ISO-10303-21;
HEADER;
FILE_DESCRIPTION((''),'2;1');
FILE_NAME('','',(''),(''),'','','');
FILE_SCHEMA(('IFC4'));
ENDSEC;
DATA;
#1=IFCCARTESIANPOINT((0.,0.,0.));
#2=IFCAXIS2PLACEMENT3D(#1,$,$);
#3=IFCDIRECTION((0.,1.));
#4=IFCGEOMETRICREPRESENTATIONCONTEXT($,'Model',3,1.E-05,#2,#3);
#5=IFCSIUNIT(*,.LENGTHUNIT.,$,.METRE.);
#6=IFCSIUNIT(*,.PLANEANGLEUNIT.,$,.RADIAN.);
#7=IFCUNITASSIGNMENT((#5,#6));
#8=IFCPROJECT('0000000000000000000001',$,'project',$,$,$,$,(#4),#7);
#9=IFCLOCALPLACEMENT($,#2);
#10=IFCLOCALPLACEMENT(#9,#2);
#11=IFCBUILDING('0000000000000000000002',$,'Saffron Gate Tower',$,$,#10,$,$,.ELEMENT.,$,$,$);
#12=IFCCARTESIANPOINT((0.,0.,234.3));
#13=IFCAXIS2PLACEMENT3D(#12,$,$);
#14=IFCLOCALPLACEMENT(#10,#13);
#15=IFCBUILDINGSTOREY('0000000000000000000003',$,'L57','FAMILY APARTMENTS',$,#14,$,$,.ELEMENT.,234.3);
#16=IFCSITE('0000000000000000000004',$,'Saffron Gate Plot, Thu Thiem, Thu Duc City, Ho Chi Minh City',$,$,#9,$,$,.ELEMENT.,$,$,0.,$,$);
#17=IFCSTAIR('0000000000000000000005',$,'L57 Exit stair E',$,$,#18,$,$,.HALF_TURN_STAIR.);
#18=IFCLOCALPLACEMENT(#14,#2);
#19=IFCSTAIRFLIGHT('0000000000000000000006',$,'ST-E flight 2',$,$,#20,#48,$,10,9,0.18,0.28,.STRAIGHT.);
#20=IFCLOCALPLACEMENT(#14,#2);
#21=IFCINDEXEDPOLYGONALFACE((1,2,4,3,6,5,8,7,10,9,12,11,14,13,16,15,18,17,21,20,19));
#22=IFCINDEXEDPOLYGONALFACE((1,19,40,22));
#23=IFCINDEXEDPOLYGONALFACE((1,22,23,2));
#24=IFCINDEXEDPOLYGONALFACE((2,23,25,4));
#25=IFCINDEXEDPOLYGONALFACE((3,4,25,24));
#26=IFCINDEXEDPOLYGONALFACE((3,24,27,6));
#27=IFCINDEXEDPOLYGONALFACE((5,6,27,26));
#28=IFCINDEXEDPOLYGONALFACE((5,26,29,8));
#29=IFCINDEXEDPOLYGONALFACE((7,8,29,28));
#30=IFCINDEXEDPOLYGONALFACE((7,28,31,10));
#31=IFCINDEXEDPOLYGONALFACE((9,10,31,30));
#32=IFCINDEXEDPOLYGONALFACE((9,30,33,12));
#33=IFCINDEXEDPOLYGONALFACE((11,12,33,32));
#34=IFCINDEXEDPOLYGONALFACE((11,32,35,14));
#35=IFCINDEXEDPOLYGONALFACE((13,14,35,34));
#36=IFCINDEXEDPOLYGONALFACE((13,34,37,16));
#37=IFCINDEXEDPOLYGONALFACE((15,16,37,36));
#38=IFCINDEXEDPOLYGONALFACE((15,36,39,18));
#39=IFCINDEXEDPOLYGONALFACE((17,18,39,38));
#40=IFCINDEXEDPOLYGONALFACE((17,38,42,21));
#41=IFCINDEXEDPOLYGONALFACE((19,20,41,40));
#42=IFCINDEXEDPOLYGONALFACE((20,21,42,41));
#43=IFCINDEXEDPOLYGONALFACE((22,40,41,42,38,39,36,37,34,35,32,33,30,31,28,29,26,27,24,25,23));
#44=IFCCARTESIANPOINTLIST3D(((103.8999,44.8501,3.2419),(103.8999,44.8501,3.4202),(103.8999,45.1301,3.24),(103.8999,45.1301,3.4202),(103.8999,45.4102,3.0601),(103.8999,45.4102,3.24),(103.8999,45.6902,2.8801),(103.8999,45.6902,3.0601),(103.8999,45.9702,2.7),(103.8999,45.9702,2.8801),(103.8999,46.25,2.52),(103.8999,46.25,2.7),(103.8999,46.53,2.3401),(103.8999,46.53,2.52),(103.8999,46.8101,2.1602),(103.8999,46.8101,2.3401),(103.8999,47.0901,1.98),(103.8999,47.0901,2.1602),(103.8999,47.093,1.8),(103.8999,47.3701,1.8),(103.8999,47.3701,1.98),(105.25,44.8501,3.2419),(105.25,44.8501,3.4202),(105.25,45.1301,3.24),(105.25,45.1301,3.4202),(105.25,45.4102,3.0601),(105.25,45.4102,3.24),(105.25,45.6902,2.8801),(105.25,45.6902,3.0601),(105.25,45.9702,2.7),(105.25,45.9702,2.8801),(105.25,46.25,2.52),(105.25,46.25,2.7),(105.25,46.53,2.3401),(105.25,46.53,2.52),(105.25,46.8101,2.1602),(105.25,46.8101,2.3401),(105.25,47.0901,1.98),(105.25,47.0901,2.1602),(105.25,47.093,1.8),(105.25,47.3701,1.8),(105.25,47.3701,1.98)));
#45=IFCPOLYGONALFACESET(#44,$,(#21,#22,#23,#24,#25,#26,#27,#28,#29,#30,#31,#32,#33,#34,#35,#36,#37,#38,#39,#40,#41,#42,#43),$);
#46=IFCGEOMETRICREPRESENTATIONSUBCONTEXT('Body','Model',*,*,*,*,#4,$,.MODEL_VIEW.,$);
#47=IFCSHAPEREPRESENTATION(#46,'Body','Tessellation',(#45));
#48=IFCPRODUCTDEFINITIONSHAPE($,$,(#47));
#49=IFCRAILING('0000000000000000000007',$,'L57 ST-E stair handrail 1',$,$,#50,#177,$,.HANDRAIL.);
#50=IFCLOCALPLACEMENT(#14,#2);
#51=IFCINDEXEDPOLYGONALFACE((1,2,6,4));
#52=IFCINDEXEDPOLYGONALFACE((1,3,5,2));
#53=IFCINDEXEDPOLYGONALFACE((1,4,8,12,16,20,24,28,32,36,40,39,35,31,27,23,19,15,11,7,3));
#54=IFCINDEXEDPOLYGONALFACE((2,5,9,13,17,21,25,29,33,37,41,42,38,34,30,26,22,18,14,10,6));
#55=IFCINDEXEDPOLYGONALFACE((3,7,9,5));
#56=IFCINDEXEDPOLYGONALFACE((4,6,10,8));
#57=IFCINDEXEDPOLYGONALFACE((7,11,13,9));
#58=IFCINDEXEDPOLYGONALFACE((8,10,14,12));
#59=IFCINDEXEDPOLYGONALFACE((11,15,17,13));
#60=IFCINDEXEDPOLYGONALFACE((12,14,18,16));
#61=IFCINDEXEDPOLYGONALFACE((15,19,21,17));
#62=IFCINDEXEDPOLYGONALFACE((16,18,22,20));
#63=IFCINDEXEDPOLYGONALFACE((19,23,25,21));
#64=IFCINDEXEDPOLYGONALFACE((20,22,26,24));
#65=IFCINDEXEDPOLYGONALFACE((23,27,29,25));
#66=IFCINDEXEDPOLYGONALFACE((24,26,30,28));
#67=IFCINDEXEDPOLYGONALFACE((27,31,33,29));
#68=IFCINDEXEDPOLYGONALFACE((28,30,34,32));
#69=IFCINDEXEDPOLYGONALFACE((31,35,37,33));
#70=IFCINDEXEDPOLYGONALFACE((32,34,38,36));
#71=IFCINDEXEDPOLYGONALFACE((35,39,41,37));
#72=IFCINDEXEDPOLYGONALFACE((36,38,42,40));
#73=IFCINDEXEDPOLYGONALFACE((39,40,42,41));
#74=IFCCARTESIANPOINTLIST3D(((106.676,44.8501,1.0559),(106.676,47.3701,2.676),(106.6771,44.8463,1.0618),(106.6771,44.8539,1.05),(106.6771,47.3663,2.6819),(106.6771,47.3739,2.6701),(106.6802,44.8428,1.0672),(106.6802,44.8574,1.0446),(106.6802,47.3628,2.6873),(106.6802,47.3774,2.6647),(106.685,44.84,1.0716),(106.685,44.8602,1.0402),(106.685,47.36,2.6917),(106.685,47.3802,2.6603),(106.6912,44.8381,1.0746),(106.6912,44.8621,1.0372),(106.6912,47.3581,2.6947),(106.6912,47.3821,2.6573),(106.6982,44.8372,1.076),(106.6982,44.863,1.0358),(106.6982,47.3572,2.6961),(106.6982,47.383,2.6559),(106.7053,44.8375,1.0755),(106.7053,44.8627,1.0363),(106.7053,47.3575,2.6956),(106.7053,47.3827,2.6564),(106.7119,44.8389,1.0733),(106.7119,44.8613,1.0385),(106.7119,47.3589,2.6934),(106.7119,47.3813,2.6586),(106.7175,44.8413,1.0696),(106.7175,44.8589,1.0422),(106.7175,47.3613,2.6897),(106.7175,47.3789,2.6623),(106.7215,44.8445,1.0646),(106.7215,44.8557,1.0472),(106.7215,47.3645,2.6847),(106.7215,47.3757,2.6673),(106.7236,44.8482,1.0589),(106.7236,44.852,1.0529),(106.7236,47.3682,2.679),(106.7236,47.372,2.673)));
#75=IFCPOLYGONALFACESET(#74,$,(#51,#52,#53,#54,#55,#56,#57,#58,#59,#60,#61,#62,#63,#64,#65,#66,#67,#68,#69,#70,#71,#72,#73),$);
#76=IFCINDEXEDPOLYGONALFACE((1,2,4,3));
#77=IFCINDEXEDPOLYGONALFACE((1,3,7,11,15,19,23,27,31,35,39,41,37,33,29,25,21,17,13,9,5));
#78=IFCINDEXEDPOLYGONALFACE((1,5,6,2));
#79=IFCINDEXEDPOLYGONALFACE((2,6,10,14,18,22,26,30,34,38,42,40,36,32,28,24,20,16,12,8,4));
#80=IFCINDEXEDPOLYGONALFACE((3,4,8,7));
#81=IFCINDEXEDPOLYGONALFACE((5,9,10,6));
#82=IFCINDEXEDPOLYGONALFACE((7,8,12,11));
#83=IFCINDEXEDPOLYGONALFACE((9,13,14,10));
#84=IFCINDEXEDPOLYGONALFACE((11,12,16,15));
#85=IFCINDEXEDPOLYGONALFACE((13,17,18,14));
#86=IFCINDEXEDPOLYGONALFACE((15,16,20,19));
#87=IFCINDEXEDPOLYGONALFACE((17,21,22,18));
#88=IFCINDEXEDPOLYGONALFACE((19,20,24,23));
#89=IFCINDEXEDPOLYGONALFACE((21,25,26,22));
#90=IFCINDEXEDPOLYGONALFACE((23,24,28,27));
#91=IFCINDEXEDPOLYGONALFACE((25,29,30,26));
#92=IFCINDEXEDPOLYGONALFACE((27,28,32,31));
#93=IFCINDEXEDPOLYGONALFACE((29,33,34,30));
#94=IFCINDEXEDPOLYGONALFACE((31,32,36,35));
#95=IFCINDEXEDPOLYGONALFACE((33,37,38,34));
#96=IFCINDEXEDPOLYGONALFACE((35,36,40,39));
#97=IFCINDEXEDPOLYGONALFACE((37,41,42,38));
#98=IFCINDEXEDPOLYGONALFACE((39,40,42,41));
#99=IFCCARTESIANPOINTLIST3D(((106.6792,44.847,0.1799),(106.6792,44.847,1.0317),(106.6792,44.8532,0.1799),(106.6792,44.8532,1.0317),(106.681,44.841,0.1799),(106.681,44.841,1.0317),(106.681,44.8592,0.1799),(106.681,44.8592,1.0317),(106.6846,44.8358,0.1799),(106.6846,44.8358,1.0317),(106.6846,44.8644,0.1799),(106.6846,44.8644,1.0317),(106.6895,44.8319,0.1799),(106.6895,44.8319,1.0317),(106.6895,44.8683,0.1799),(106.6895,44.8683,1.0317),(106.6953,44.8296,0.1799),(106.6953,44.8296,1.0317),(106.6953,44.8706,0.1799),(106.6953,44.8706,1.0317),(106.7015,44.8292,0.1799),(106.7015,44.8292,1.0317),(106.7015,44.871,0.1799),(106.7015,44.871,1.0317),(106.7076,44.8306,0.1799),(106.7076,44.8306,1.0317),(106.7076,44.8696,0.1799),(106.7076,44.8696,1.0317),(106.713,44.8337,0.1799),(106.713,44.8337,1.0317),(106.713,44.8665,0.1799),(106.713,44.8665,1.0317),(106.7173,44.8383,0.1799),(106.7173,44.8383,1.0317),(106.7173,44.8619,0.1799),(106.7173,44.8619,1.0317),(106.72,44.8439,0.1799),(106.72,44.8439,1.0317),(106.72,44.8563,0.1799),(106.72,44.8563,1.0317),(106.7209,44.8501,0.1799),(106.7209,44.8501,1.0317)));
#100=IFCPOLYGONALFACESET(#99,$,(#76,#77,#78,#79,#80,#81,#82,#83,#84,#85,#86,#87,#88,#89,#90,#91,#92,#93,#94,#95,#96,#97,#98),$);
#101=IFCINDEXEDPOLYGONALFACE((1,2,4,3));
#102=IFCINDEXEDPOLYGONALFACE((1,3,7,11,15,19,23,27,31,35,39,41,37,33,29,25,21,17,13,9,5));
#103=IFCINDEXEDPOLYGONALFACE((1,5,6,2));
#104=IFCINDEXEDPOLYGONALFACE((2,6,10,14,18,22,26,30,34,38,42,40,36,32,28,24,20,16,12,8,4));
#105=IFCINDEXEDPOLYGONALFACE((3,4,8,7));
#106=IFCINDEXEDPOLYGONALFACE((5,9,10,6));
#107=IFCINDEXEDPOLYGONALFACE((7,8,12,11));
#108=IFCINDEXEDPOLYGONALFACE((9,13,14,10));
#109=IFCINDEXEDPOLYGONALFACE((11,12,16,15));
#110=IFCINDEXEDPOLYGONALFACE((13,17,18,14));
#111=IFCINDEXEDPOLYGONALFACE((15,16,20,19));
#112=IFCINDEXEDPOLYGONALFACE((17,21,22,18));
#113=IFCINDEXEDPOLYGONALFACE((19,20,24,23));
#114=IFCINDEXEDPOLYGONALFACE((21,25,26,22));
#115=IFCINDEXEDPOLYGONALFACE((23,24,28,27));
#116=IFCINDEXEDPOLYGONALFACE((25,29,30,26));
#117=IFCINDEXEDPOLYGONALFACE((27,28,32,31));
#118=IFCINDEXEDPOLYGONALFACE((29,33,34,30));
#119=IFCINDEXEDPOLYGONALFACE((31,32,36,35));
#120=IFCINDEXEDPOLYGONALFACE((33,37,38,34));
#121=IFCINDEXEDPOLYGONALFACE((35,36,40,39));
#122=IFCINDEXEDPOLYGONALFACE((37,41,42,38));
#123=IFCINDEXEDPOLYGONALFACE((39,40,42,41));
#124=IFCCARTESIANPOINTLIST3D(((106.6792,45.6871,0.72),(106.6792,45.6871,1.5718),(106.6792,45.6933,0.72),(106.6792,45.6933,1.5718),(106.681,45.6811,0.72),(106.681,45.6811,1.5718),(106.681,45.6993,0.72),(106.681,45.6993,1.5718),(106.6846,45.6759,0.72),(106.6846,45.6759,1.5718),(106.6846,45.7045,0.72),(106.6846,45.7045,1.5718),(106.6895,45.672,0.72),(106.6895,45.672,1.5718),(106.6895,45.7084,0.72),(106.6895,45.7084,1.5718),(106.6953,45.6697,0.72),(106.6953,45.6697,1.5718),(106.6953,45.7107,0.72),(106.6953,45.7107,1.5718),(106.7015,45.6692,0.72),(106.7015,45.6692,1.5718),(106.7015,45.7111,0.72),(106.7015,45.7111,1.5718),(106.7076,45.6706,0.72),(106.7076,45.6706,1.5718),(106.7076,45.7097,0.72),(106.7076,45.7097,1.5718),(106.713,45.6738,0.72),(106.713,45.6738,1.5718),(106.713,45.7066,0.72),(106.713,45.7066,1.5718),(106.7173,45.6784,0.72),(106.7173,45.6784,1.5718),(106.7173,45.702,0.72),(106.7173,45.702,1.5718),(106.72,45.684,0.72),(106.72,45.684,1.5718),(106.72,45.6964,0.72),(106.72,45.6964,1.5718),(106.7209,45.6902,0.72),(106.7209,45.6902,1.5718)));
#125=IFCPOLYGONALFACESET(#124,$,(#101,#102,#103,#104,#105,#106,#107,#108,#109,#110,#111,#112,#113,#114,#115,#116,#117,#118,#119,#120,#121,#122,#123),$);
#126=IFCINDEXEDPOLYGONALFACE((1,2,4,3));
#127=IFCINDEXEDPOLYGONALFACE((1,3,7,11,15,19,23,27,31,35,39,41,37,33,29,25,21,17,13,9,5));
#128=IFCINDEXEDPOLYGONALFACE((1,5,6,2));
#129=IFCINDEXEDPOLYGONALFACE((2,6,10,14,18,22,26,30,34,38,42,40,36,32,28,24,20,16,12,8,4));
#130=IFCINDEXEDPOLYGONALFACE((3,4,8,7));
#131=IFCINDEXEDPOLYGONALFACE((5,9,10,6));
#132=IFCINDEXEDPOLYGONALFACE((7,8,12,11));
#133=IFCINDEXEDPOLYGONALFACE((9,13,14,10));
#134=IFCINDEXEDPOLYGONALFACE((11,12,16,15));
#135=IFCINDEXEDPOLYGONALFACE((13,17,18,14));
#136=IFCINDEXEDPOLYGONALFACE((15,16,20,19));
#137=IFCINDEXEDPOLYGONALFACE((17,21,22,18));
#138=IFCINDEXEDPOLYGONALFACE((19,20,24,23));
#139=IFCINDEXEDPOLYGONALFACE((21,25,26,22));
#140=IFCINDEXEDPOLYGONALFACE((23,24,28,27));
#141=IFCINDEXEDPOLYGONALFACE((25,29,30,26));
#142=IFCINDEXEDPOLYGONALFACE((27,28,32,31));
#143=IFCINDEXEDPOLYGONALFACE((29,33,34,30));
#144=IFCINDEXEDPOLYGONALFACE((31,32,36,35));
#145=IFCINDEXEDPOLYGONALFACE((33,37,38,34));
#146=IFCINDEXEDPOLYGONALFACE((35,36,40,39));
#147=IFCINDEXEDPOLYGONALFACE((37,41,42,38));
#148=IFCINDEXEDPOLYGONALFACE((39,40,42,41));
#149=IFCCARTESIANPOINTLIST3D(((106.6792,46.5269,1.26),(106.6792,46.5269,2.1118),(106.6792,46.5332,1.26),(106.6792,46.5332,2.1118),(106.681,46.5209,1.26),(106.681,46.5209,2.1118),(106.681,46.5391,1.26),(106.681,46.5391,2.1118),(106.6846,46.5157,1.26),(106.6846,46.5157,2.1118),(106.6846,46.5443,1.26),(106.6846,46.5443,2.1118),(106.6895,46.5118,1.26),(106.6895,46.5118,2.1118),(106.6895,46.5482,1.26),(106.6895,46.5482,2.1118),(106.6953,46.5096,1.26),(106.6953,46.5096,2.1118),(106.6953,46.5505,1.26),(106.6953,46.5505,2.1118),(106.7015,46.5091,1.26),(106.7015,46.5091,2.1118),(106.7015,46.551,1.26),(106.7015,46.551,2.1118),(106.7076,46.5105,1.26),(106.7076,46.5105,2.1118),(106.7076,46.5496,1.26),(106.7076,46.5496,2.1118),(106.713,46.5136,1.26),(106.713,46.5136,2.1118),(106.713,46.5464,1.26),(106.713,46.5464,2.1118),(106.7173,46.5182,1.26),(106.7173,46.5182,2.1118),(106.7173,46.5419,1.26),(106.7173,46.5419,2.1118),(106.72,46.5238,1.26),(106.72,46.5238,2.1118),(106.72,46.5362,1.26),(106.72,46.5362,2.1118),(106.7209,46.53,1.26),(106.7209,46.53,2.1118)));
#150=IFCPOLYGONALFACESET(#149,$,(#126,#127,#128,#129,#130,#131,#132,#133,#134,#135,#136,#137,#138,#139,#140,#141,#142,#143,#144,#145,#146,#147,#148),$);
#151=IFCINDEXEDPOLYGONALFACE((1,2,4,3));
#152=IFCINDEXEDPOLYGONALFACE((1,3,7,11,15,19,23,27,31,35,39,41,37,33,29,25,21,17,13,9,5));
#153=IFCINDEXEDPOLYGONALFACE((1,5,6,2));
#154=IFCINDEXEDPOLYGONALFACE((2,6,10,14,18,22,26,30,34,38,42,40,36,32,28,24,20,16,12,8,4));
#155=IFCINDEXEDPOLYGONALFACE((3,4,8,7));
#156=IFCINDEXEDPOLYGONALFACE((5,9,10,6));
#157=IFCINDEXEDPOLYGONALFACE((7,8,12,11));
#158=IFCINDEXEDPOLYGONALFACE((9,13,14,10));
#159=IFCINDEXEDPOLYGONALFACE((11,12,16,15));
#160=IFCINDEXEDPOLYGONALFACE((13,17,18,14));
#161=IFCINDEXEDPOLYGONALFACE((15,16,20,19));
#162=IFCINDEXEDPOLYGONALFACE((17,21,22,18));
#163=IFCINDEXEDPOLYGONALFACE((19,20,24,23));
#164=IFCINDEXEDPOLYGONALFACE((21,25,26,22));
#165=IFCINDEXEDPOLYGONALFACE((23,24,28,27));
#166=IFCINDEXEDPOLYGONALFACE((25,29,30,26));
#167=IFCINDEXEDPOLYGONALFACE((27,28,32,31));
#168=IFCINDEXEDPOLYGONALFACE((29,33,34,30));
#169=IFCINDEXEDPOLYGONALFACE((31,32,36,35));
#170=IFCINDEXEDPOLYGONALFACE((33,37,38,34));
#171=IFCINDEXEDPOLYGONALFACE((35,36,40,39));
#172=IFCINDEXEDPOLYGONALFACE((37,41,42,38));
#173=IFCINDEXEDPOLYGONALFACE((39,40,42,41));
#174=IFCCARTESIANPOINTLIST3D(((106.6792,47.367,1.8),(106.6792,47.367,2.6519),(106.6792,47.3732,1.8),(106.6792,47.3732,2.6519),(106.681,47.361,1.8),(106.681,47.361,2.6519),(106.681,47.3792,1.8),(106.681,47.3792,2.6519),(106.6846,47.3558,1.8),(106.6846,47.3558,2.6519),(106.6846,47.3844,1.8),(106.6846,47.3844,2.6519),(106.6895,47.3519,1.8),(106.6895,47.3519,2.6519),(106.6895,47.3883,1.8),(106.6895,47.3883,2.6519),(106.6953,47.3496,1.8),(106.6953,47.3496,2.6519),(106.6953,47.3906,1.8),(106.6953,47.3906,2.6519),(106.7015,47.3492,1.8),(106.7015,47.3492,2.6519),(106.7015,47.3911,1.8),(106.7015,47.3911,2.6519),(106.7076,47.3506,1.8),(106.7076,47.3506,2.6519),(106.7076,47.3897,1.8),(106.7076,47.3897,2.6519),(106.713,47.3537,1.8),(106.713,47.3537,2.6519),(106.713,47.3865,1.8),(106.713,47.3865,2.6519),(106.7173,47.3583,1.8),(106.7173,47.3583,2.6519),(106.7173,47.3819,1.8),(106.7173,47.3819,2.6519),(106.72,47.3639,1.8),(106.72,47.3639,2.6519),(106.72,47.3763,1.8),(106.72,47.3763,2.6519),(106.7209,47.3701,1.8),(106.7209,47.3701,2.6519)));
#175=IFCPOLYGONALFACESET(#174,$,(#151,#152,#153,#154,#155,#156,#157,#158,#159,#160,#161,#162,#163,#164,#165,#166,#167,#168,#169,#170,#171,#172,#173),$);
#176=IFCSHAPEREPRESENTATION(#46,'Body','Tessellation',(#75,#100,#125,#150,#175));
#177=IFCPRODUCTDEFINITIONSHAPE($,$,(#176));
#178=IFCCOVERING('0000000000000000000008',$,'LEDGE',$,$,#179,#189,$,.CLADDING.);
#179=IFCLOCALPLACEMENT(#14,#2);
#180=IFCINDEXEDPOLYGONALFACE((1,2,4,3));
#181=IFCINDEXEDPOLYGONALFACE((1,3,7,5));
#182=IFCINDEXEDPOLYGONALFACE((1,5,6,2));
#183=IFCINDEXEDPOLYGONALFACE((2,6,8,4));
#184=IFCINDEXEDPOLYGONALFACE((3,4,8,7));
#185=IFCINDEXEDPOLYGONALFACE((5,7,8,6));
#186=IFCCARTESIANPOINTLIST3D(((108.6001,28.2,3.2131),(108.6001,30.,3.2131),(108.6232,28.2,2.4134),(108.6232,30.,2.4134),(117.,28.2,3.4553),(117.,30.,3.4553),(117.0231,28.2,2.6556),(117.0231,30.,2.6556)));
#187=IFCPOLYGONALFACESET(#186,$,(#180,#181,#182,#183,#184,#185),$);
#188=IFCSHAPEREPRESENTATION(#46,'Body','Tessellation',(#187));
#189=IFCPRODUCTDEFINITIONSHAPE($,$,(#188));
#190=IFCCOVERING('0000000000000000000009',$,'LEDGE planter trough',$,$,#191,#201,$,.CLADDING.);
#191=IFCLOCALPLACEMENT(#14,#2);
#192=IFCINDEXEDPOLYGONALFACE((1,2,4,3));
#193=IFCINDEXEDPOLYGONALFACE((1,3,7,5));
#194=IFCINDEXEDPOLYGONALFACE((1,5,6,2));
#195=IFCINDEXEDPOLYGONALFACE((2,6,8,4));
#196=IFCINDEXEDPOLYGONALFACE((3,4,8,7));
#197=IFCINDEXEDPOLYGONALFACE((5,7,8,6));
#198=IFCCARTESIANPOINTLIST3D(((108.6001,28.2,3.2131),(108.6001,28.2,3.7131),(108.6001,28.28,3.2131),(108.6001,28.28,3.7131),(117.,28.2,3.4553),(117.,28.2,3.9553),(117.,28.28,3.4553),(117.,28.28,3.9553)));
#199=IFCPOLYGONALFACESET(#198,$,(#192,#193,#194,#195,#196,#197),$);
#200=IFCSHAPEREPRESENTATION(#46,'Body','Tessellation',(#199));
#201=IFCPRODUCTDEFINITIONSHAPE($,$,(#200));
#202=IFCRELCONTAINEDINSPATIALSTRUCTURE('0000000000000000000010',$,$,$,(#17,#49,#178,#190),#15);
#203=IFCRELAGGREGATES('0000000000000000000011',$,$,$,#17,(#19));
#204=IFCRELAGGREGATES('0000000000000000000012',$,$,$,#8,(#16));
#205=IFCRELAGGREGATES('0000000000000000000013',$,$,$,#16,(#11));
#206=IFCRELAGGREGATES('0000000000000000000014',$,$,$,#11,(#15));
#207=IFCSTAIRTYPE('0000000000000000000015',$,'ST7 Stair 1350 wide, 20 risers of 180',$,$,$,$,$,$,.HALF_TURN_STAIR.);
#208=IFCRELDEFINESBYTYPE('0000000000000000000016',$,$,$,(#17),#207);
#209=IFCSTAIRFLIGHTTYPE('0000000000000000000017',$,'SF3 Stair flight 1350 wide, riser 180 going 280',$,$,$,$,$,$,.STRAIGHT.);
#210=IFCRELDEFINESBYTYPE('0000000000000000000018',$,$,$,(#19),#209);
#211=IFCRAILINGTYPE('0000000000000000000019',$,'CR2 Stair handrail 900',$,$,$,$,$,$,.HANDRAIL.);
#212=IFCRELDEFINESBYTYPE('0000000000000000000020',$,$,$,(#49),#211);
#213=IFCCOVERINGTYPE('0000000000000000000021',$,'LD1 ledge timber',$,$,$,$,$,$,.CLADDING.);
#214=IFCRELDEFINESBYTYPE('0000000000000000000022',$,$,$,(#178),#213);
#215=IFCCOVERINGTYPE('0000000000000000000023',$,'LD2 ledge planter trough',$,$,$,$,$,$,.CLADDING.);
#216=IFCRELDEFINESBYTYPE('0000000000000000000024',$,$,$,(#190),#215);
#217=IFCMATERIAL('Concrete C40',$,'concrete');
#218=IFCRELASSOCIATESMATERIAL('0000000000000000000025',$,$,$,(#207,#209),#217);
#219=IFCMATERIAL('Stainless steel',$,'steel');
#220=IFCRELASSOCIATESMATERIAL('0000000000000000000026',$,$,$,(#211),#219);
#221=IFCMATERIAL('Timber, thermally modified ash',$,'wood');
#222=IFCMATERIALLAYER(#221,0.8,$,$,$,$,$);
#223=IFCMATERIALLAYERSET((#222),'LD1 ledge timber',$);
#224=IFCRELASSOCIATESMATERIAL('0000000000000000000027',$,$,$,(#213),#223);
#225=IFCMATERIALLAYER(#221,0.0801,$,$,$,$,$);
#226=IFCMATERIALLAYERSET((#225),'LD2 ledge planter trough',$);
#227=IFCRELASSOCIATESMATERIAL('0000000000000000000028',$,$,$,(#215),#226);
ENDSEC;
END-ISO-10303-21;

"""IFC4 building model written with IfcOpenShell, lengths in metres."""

from ifc_helpers import new_model, si_unit, direction, frame, origin, origin_2d, place, context, subcontext, project, spatial, polyline, circle, outline, extrude, material, layer, layer_set, type_object, element, aggregate, save


model = new_model("IFC4")

# Units and contexts
model_context = context("Model", 3, precision=1e-05, world=origin(), true_north=direction((0.0, 1.0)))
body_context = subcontext(model_context, "Body", "Model", "MODEL_VIEW")
ifc_project = project(units=[si_unit("LENGTHUNIT", "METRE"), si_unit("PLANEANGLEUNIT", "RADIAN")], contexts=[model_context])

# Site, building, storey
site_placement = place(None, origin())
site = spatial("IfcSite", under=ifc_project, at=site_placement, Name="Saffron Gate Plot, Thu Thiem, Thu Duc City, Ho Chi Minh City", CompositionType="ELEMENT", RefElevation=0.0)
building_placement = place(site_placement, origin())
building = spatial("IfcBuilding", under=site, at=building_placement, Name="Saffron Gate Tower", CompositionType="ELEMENT")
storey_placement = place(building_placement, frame((0.0, 0.0, 234.3)))
storey = spatial("IfcBuildingStorey", under=building, at=storey_placement, Name="L57", Description="FAMILY APARTMENTS", CompositionType="ELEMENT", Elevation=234.3)

# Stair, stair flight
ifc_material_1 = material(Name="Concrete C40", Category="concrete")
stair_type = type_object("IfcStairType", Name="ST7 Stair 1350 wide, 20 risers of 180", PredefinedType="HALF_TURN_STAIR", material=ifc_material_1)
stair_placement = place(storey_placement, origin())
stair = element("IfcStair", 1, at=stair_placement, inside=storey, type_object=stair_type, Name="L57 Exit stair E", PredefinedType="HALF_TURN_STAIR")
stair_flight_type = type_object("IfcStairFlightType", Name="SF3 Stair flight 1350 wide, riser 180 going 280", PredefinedType="STRAIGHT", material=ifc_material_1)
stair_flight_1_placement = place(storey_placement, frame((104.575, 47.3701, 1.8), z_axis=(0.0, 0.0, 1.0), x_axis=(0.0, -1.0, 0.0)))
stair_flight_1 = element("IfcStairFlight", 2, at=stair_flight_1_placement, type_object=stair_flight_type, Name="ST-E flight 2", NumberOfRisers=10, NumberOfTreads=9, PredefinedType="STRAIGHT", RiserHeight=0.18, TreadLength=0.28, context=body_context, shape_type="SweptSolid", body=[
    extrude(outline(polyline([(0.0, 0.0), (0.0, 0.1799), (0.28, 0.1799), (0.28, 0.3601), (0.5601, 0.3601), (0.5601, 0.54), (0.8401, 0.54), (0.8401, 0.72), (1.1201, 0.72), (1.1201, 0.8999), (1.3999, 0.8999), (1.3999, 1.0801), (1.6799, 1.0801), (1.6799, 1.26), (1.96, 1.26), (1.96, 1.4399), (2.24, 1.4399), (2.24, 1.6201), (2.52, 1.6201), (2.52, 1.8), (2.52, 1.4419), (0.2771, 0.0), (0.0, 0.0)])), frame((0.0, 0.675, 0.0), z_axis=(0.0, -1.0, 0.0), x_axis=(1.0, 0.0, 0.0)), (0.0, 0.0, 1.0), 1.3501),
])
aggregate(stair, [stair_flight_1])

# Railing
ifc_material_2 = material(Name="Stainless steel", Category="steel")
railing_type_1 = type_object("IfcRailingType", Name="CR2 Stair handrail 900", PredefinedType="HANDRAIL", material=ifc_material_2)
railing_1_placement = place(storey_placement, frame((106.7, 44.8501, 0.1799)))
element("IfcRailing", 3, at=railing_1_placement, inside=storey, type_object=railing_type_1, Name="L57 ST-E stair handrail 1", PredefinedType="HANDRAIL", context=body_context, shape_type="SweptSolid", body=[
    extrude(circle(Radius=0.0239, at=origin_2d()), frame((0.0, 0.0, 0.876), z_axis=(0.0, 0.841163, 0.540782), x_axis=(-1.0, 0.0, 0.0)), (0.0, 0.0, 1.0), 2.9958),
    extrude(circle(Radius=0.021, at=origin_2d()), origin(), (0.0, 0.0, 1.0), 0.8518),
    extrude(circle(Radius=0.021, at=origin_2d()), frame((0.0, 0.8401, 0.54)), (0.0, 0.0, 1.0), 0.8518),
    extrude(circle(Radius=0.021, at=origin_2d()), frame((0.0, 1.6799, 1.0801)), (0.0, 0.0, 1.0), 0.8518),
    extrude(circle(Radius=0.021, at=origin_2d()), frame((0.0, 2.52, 1.6201)), (0.0, 0.0, 1.0), 0.8518),
])

# Coverings
ifc_material_3 = material(Name="Timber, thermally modified ash", Category="wood")
ifc_layer_1 = layer(ifc_material_3, 0.8)
ifc_layer_set_1 = layer_set([ifc_layer_1], Name="LD1 ledge timber")
covering_type_1 = type_object("IfcCoveringType", Name="LD1 ledge timber", PredefinedType="CLADDING", material=ifc_layer_set_1)
covering_1_placement = place(storey_placement, frame((108.6001, 30.0, 3.2131), z_axis=(-0.02882, 0.0, 0.999585), x_axis=(0.999585, 0.0, 0.02882)))
element("IfcCovering", 4, at=covering_1_placement, inside=storey, type_object=covering_type_1, Name="LEDGE", PredefinedType="CLADDING", context=body_context, shape_type="SweptSolid", body=[
    extrude(outline(polyline([(0.0, 0.0), (8.4034, 0.0), (8.4034, -1.8), (0.0, -1.8), (0.0, 0.0)])), origin(), (0.0, 0.0, -1.0), 0.8),
])
ifc_layer_2 = layer(ifc_material_3, 0.0801)
ifc_layer_set_2 = layer_set([ifc_layer_2], Name="LD2 ledge planter trough")
covering_type_2 = type_object("IfcCoveringType", Name="LD2 ledge planter trough", PredefinedType="CLADDING", material=ifc_layer_set_2)
covering_2_placement = place(storey_placement, frame((108.6001, 28.2, 3.2131), z_axis=(0.0, -1.0, 0.0), x_axis=(0.999585, 0.0, 0.02882)))
element("IfcCovering", 5, at=covering_2_placement, inside=storey, type_object=covering_type_2, Name="LEDGE planter trough", PredefinedType="CLADDING", context=body_context, shape_type="SweptSolid", body=[
    extrude(outline(polyline([(0.0, 0.0), (8.4034, 0.0), (8.4178, 0.4998), (0.0144, 0.4998), (0.0, 0.0)])), origin(), (0.0, 0.0, -1.0), 0.0801),
])

save(model, "model.ifc")
